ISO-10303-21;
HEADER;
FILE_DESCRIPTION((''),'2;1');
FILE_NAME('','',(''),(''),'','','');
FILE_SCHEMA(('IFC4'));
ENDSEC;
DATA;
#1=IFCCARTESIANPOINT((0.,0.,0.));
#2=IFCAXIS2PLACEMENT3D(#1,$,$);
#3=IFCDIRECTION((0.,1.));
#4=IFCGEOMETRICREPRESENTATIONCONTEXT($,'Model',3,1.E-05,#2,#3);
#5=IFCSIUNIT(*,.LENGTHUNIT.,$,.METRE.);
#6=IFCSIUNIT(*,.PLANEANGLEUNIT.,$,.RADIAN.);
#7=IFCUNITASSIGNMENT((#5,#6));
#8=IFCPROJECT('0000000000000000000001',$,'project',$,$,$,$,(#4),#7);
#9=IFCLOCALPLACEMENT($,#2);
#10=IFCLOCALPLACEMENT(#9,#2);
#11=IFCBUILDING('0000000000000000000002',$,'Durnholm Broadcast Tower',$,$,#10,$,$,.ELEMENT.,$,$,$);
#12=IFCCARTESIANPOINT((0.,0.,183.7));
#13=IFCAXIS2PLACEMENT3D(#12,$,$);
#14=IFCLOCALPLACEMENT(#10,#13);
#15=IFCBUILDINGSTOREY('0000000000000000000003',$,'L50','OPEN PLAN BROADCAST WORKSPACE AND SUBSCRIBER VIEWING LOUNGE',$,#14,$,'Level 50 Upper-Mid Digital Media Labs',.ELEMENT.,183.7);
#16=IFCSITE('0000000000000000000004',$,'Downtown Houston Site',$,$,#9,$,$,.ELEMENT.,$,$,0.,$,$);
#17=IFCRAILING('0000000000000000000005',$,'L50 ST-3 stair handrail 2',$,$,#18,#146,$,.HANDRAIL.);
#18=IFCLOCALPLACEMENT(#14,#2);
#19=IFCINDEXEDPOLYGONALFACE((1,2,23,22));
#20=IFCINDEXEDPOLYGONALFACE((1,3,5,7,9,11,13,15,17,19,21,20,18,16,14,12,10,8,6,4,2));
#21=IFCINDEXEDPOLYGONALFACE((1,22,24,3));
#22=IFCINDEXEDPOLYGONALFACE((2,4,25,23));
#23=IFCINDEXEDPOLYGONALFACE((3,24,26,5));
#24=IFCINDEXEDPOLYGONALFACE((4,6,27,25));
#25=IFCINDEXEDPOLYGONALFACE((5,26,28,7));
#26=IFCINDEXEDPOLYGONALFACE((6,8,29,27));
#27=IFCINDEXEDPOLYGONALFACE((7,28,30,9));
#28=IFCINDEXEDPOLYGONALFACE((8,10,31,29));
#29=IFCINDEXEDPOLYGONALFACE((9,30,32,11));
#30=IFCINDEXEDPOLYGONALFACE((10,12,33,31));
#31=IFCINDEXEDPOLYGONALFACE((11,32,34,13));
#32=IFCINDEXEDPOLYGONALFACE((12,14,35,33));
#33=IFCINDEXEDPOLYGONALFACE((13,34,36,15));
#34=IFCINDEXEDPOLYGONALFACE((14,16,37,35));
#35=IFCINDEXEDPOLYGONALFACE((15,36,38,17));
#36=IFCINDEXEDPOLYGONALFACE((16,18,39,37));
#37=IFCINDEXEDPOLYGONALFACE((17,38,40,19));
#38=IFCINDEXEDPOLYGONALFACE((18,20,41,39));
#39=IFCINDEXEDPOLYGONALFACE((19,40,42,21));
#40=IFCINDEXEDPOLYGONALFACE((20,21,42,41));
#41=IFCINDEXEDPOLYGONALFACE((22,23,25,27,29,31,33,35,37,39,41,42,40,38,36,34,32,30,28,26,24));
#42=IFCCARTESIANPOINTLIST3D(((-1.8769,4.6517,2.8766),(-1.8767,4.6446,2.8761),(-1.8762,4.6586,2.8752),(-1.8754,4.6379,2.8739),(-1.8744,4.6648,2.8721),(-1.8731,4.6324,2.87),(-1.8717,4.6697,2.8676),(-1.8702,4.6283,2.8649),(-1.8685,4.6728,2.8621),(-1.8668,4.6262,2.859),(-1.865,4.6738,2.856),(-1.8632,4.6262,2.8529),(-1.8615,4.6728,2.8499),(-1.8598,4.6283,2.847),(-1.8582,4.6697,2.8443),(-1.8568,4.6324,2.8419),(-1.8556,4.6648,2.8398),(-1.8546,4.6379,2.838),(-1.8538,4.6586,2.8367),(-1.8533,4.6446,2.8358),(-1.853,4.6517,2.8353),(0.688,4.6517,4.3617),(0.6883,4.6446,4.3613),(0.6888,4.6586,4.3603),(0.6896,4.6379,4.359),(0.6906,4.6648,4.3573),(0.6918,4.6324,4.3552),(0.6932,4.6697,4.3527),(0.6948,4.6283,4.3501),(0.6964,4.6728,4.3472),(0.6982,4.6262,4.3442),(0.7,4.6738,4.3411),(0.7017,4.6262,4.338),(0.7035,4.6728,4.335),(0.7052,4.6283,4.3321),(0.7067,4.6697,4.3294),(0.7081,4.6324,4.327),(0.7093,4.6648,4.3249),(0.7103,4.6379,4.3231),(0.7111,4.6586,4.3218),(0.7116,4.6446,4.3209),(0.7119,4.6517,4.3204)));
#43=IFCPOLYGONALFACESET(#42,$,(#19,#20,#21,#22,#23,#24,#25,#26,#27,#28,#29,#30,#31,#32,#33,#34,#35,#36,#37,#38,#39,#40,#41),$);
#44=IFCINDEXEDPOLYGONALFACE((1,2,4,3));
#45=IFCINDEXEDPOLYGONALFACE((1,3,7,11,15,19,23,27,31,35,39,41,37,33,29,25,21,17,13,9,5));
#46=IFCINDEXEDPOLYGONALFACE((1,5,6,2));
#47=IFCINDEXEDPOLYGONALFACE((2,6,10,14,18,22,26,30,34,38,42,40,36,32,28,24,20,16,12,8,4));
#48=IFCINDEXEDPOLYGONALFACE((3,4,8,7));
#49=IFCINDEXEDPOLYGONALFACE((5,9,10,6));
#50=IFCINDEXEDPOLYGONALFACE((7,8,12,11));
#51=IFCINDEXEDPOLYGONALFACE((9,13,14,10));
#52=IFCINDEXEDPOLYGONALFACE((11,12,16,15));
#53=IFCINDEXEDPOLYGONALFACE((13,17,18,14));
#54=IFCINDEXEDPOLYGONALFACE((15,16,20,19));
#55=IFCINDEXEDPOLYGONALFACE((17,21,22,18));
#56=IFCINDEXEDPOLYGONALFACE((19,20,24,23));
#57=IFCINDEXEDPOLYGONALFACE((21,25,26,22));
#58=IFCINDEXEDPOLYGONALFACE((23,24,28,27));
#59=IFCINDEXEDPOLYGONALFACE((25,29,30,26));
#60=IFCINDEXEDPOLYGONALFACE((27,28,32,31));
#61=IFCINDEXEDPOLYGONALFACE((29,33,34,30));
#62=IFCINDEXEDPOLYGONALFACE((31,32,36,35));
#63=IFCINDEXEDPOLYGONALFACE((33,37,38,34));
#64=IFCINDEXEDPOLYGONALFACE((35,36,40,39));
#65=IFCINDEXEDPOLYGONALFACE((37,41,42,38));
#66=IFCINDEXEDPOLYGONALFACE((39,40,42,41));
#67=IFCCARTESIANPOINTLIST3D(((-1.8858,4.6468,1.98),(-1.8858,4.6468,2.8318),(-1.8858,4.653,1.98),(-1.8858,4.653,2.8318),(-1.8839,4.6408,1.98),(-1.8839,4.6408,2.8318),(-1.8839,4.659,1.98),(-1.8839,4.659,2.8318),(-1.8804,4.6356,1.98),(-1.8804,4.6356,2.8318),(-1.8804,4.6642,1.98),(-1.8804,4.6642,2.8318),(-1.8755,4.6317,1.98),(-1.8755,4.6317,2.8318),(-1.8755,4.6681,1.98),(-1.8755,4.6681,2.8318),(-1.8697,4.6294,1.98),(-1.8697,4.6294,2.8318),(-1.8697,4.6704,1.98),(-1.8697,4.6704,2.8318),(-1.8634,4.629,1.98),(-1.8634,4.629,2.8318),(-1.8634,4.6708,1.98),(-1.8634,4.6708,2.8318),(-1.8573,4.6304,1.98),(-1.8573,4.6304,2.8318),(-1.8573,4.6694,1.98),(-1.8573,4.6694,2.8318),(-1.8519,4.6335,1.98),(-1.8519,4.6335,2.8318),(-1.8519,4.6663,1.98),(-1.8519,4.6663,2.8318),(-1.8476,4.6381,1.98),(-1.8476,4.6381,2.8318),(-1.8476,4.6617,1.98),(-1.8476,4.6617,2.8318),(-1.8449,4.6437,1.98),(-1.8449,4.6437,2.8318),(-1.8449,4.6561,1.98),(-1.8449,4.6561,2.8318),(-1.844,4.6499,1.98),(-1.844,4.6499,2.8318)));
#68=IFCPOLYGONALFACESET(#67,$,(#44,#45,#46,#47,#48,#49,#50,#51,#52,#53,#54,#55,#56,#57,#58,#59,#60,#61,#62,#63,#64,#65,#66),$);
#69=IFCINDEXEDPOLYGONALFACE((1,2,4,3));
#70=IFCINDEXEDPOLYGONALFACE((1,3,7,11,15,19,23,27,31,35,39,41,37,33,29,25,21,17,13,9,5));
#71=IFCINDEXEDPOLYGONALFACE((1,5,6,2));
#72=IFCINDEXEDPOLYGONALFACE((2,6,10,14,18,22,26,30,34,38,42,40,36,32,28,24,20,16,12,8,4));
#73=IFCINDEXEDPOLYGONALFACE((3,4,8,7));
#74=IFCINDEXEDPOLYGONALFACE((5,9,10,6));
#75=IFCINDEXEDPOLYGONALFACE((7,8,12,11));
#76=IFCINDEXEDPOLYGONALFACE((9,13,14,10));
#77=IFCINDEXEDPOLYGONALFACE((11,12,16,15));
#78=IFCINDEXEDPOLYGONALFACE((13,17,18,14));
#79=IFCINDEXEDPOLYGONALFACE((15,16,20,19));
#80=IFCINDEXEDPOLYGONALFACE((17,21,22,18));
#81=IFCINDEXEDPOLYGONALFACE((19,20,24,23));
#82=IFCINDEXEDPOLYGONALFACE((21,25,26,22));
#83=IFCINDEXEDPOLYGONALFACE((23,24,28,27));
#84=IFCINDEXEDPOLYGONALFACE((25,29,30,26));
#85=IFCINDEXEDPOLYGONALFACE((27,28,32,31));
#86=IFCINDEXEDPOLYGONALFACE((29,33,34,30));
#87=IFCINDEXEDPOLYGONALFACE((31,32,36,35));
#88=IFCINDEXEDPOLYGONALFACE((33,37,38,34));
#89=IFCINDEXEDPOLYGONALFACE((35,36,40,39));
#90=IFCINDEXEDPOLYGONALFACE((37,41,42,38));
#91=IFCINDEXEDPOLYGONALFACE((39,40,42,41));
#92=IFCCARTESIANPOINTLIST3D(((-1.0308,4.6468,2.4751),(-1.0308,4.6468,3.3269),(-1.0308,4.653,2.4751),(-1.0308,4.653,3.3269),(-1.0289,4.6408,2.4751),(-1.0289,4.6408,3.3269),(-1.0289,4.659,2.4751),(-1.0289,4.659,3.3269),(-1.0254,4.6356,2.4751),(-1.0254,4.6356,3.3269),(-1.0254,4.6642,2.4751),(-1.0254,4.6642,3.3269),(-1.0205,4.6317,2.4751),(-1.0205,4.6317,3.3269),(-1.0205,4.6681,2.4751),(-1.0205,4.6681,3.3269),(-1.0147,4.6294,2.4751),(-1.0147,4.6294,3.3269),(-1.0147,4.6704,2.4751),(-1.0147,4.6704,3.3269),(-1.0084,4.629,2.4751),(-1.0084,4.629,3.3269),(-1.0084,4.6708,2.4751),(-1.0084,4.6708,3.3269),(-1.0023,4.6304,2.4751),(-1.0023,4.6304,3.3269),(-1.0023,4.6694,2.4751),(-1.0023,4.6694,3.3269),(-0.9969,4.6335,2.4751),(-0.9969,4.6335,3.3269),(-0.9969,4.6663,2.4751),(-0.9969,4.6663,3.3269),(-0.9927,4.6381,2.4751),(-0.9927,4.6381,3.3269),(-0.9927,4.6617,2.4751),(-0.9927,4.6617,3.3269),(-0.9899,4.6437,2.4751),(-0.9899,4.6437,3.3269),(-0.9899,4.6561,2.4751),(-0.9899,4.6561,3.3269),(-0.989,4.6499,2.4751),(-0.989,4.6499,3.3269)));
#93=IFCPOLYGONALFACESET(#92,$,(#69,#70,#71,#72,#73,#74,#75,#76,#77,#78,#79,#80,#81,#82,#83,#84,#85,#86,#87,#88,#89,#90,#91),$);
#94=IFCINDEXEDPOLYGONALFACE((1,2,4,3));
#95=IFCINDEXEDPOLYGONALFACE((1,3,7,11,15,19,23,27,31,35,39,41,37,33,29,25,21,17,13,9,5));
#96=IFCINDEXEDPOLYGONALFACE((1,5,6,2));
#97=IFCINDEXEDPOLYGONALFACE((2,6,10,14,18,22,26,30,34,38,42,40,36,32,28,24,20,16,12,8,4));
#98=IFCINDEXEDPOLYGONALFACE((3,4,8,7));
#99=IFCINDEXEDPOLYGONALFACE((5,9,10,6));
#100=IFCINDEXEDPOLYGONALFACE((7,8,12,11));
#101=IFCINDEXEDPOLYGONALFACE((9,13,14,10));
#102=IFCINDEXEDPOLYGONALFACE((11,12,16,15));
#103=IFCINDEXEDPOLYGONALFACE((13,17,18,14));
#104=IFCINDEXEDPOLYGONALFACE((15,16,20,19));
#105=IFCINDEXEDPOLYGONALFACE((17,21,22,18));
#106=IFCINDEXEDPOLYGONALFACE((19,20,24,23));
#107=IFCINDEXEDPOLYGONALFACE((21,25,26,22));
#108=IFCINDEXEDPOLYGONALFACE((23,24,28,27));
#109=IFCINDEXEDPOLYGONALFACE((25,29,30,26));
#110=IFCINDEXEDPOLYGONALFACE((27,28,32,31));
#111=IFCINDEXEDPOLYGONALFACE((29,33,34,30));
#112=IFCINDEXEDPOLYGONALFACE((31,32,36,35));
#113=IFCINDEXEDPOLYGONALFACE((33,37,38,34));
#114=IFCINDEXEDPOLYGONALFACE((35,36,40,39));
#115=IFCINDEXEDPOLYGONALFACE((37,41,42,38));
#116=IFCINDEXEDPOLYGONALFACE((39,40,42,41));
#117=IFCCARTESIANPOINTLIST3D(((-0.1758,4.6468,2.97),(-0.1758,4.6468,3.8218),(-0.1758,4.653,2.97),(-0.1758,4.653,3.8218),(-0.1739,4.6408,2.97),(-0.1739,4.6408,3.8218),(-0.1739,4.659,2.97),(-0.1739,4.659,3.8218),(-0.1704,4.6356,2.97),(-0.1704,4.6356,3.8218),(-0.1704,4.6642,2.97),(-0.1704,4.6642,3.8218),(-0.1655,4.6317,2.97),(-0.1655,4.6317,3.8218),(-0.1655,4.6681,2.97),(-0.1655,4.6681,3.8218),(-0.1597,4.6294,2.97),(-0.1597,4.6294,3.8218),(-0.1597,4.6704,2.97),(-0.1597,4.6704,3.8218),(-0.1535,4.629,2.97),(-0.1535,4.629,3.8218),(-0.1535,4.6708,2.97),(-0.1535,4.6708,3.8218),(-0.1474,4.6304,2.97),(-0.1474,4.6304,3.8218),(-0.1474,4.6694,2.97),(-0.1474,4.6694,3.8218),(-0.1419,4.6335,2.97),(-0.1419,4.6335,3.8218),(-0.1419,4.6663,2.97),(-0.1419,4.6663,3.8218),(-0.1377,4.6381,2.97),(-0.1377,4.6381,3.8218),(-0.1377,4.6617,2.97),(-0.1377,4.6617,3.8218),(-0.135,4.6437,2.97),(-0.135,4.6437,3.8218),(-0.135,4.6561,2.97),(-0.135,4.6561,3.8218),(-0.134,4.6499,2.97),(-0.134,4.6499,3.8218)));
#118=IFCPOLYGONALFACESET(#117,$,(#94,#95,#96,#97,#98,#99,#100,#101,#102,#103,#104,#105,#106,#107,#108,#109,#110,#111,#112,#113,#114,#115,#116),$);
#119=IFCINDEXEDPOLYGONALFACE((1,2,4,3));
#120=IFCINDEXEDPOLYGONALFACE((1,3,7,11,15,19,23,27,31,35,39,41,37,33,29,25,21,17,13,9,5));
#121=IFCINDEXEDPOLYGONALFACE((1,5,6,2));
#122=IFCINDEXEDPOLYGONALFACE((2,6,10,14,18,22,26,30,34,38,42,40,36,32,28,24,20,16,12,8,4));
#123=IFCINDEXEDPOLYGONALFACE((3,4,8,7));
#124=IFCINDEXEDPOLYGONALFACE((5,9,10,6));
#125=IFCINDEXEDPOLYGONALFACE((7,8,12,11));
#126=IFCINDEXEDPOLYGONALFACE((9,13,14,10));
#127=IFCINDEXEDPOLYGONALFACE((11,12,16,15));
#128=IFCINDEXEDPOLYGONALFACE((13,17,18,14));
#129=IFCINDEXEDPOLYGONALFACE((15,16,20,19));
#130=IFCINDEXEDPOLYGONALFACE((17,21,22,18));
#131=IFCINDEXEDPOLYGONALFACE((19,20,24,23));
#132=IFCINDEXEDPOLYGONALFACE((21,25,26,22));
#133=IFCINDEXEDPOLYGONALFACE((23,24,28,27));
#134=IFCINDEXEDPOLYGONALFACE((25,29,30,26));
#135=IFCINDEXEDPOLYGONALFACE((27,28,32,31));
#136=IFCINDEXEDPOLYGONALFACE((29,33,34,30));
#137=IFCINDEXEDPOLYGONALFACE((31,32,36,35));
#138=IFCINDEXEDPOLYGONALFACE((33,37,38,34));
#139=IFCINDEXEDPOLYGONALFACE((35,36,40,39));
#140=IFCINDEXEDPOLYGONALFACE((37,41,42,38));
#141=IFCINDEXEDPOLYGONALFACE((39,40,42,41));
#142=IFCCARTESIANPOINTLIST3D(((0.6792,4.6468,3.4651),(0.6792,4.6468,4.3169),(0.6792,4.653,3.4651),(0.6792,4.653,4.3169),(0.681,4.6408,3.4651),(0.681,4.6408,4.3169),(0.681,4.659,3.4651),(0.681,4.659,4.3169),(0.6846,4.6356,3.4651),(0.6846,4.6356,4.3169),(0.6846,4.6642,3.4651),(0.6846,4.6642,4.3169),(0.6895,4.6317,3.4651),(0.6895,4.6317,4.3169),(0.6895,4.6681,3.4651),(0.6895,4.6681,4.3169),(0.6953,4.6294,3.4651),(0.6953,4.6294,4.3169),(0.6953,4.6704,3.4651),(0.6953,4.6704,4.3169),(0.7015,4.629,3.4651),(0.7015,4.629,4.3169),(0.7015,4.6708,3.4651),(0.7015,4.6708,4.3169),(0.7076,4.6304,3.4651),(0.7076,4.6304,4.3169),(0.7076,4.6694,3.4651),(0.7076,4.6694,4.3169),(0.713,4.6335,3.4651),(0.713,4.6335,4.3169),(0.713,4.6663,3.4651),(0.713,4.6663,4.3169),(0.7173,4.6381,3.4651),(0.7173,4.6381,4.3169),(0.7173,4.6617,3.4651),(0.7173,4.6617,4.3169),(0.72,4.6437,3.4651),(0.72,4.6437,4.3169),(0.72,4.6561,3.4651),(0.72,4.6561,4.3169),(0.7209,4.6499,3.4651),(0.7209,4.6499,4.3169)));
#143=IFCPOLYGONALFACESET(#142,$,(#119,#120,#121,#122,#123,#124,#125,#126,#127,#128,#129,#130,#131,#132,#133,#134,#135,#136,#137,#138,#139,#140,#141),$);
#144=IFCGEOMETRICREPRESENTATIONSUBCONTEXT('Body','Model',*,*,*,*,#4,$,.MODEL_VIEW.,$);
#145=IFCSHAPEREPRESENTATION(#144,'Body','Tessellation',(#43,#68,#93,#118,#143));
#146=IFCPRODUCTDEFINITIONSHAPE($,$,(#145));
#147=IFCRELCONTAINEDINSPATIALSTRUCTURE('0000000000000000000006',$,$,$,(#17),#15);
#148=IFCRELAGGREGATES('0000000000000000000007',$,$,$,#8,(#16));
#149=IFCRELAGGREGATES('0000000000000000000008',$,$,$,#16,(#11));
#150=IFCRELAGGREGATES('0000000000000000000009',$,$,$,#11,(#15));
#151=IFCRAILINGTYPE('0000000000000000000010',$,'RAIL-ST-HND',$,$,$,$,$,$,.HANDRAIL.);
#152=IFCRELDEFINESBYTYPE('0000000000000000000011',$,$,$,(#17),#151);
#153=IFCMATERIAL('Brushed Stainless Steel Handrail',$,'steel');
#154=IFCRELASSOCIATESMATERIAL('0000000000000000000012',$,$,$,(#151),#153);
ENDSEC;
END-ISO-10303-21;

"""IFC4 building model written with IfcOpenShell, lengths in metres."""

from ifc_helpers import new_model, si_unit, direction, frame, origin, origin_2d, place, context, subcontext, project, spatial, circle, extrude, material, type_object, element, save


model = new_model("IFC4")

# Units and contexts
model_context = context("Model", 3, precision=1e-05, world=origin(), true_north=direction((0.0, 1.0)))
body_context = subcontext(model_context, "Body", "Model", "MODEL_VIEW")
ifc_project = project(units=[si_unit("LENGTHUNIT", "METRE"), si_unit("PLANEANGLEUNIT", "RADIAN")], contexts=[model_context])

# Site, building, storey
site_placement = place(None, origin())
site = spatial("IfcSite", under=ifc_project, at=site_placement, Name="Downtown Houston Site", CompositionType="ELEMENT", RefElevation=0.0)
building_placement = place(site_placement, origin())
building = spatial("IfcBuilding", under=site, at=building_placement, Name="Durnholm Broadcast Tower", CompositionType="ELEMENT")
storey_placement = place(building_placement, frame((0.0, 0.0, 183.7)))
storey = spatial("IfcBuildingStorey", under=building, at=storey_placement, Name="L50", Description="OPEN PLAN BROADCAST WORKSPACE AND SUBSCRIBER VIEWING LOUNGE", LongName="Level 50 Upper-Mid Digital Media Labs", CompositionType="ELEMENT", Elevation=183.7)

# Railing
ifc_material_1 = material(Name="Brushed Stainless Steel Handrail", Category="steel")
railing_type_1 = type_object("IfcRailingType", Name="RAIL-ST-HND", PredefinedType="HANDRAIL", material=ifc_material_1)
railing_1_placement = place(storey_placement, frame((-1.865, 4.6499, 1.98)))
element("IfcRailing", 1, at=railing_1_placement, inside=storey, type_object=railing_type_1, Name="L50 ST-3 stair handrail 2", PredefinedType="HANDRAIL", context=body_context, shape_type="SweptSolid", body=[
    extrude(circle(Radius=0.0239, at=origin_2d()), frame((0.0, 0.0, 0.876), z_axis=(0.865406, 0.0, 0.501072), x_axis=(0.0, 1.0, 0.0)), (0.0, 0.0, 1.0), 2.9639),
    extrude(circle(Radius=0.021, at=origin_2d()), origin(), (0.0, 0.0, 1.0), 0.8518),
    extrude(circle(Radius=0.021, at=origin_2d()), frame((0.855, 0.0, 0.4951)), (0.0, 0.0, 1.0), 0.8518),
    extrude(circle(Radius=0.021, at=origin_2d()), frame((1.71, 0.0, 0.99)), (0.0, 0.0, 1.0), 0.8518),
    extrude(circle(Radius=0.021, at=origin_2d()), frame((2.5649, 0.0, 1.4851)), (0.0, 0.0, 1.0), 0.8518),
])

save(model, "model.ifc")
